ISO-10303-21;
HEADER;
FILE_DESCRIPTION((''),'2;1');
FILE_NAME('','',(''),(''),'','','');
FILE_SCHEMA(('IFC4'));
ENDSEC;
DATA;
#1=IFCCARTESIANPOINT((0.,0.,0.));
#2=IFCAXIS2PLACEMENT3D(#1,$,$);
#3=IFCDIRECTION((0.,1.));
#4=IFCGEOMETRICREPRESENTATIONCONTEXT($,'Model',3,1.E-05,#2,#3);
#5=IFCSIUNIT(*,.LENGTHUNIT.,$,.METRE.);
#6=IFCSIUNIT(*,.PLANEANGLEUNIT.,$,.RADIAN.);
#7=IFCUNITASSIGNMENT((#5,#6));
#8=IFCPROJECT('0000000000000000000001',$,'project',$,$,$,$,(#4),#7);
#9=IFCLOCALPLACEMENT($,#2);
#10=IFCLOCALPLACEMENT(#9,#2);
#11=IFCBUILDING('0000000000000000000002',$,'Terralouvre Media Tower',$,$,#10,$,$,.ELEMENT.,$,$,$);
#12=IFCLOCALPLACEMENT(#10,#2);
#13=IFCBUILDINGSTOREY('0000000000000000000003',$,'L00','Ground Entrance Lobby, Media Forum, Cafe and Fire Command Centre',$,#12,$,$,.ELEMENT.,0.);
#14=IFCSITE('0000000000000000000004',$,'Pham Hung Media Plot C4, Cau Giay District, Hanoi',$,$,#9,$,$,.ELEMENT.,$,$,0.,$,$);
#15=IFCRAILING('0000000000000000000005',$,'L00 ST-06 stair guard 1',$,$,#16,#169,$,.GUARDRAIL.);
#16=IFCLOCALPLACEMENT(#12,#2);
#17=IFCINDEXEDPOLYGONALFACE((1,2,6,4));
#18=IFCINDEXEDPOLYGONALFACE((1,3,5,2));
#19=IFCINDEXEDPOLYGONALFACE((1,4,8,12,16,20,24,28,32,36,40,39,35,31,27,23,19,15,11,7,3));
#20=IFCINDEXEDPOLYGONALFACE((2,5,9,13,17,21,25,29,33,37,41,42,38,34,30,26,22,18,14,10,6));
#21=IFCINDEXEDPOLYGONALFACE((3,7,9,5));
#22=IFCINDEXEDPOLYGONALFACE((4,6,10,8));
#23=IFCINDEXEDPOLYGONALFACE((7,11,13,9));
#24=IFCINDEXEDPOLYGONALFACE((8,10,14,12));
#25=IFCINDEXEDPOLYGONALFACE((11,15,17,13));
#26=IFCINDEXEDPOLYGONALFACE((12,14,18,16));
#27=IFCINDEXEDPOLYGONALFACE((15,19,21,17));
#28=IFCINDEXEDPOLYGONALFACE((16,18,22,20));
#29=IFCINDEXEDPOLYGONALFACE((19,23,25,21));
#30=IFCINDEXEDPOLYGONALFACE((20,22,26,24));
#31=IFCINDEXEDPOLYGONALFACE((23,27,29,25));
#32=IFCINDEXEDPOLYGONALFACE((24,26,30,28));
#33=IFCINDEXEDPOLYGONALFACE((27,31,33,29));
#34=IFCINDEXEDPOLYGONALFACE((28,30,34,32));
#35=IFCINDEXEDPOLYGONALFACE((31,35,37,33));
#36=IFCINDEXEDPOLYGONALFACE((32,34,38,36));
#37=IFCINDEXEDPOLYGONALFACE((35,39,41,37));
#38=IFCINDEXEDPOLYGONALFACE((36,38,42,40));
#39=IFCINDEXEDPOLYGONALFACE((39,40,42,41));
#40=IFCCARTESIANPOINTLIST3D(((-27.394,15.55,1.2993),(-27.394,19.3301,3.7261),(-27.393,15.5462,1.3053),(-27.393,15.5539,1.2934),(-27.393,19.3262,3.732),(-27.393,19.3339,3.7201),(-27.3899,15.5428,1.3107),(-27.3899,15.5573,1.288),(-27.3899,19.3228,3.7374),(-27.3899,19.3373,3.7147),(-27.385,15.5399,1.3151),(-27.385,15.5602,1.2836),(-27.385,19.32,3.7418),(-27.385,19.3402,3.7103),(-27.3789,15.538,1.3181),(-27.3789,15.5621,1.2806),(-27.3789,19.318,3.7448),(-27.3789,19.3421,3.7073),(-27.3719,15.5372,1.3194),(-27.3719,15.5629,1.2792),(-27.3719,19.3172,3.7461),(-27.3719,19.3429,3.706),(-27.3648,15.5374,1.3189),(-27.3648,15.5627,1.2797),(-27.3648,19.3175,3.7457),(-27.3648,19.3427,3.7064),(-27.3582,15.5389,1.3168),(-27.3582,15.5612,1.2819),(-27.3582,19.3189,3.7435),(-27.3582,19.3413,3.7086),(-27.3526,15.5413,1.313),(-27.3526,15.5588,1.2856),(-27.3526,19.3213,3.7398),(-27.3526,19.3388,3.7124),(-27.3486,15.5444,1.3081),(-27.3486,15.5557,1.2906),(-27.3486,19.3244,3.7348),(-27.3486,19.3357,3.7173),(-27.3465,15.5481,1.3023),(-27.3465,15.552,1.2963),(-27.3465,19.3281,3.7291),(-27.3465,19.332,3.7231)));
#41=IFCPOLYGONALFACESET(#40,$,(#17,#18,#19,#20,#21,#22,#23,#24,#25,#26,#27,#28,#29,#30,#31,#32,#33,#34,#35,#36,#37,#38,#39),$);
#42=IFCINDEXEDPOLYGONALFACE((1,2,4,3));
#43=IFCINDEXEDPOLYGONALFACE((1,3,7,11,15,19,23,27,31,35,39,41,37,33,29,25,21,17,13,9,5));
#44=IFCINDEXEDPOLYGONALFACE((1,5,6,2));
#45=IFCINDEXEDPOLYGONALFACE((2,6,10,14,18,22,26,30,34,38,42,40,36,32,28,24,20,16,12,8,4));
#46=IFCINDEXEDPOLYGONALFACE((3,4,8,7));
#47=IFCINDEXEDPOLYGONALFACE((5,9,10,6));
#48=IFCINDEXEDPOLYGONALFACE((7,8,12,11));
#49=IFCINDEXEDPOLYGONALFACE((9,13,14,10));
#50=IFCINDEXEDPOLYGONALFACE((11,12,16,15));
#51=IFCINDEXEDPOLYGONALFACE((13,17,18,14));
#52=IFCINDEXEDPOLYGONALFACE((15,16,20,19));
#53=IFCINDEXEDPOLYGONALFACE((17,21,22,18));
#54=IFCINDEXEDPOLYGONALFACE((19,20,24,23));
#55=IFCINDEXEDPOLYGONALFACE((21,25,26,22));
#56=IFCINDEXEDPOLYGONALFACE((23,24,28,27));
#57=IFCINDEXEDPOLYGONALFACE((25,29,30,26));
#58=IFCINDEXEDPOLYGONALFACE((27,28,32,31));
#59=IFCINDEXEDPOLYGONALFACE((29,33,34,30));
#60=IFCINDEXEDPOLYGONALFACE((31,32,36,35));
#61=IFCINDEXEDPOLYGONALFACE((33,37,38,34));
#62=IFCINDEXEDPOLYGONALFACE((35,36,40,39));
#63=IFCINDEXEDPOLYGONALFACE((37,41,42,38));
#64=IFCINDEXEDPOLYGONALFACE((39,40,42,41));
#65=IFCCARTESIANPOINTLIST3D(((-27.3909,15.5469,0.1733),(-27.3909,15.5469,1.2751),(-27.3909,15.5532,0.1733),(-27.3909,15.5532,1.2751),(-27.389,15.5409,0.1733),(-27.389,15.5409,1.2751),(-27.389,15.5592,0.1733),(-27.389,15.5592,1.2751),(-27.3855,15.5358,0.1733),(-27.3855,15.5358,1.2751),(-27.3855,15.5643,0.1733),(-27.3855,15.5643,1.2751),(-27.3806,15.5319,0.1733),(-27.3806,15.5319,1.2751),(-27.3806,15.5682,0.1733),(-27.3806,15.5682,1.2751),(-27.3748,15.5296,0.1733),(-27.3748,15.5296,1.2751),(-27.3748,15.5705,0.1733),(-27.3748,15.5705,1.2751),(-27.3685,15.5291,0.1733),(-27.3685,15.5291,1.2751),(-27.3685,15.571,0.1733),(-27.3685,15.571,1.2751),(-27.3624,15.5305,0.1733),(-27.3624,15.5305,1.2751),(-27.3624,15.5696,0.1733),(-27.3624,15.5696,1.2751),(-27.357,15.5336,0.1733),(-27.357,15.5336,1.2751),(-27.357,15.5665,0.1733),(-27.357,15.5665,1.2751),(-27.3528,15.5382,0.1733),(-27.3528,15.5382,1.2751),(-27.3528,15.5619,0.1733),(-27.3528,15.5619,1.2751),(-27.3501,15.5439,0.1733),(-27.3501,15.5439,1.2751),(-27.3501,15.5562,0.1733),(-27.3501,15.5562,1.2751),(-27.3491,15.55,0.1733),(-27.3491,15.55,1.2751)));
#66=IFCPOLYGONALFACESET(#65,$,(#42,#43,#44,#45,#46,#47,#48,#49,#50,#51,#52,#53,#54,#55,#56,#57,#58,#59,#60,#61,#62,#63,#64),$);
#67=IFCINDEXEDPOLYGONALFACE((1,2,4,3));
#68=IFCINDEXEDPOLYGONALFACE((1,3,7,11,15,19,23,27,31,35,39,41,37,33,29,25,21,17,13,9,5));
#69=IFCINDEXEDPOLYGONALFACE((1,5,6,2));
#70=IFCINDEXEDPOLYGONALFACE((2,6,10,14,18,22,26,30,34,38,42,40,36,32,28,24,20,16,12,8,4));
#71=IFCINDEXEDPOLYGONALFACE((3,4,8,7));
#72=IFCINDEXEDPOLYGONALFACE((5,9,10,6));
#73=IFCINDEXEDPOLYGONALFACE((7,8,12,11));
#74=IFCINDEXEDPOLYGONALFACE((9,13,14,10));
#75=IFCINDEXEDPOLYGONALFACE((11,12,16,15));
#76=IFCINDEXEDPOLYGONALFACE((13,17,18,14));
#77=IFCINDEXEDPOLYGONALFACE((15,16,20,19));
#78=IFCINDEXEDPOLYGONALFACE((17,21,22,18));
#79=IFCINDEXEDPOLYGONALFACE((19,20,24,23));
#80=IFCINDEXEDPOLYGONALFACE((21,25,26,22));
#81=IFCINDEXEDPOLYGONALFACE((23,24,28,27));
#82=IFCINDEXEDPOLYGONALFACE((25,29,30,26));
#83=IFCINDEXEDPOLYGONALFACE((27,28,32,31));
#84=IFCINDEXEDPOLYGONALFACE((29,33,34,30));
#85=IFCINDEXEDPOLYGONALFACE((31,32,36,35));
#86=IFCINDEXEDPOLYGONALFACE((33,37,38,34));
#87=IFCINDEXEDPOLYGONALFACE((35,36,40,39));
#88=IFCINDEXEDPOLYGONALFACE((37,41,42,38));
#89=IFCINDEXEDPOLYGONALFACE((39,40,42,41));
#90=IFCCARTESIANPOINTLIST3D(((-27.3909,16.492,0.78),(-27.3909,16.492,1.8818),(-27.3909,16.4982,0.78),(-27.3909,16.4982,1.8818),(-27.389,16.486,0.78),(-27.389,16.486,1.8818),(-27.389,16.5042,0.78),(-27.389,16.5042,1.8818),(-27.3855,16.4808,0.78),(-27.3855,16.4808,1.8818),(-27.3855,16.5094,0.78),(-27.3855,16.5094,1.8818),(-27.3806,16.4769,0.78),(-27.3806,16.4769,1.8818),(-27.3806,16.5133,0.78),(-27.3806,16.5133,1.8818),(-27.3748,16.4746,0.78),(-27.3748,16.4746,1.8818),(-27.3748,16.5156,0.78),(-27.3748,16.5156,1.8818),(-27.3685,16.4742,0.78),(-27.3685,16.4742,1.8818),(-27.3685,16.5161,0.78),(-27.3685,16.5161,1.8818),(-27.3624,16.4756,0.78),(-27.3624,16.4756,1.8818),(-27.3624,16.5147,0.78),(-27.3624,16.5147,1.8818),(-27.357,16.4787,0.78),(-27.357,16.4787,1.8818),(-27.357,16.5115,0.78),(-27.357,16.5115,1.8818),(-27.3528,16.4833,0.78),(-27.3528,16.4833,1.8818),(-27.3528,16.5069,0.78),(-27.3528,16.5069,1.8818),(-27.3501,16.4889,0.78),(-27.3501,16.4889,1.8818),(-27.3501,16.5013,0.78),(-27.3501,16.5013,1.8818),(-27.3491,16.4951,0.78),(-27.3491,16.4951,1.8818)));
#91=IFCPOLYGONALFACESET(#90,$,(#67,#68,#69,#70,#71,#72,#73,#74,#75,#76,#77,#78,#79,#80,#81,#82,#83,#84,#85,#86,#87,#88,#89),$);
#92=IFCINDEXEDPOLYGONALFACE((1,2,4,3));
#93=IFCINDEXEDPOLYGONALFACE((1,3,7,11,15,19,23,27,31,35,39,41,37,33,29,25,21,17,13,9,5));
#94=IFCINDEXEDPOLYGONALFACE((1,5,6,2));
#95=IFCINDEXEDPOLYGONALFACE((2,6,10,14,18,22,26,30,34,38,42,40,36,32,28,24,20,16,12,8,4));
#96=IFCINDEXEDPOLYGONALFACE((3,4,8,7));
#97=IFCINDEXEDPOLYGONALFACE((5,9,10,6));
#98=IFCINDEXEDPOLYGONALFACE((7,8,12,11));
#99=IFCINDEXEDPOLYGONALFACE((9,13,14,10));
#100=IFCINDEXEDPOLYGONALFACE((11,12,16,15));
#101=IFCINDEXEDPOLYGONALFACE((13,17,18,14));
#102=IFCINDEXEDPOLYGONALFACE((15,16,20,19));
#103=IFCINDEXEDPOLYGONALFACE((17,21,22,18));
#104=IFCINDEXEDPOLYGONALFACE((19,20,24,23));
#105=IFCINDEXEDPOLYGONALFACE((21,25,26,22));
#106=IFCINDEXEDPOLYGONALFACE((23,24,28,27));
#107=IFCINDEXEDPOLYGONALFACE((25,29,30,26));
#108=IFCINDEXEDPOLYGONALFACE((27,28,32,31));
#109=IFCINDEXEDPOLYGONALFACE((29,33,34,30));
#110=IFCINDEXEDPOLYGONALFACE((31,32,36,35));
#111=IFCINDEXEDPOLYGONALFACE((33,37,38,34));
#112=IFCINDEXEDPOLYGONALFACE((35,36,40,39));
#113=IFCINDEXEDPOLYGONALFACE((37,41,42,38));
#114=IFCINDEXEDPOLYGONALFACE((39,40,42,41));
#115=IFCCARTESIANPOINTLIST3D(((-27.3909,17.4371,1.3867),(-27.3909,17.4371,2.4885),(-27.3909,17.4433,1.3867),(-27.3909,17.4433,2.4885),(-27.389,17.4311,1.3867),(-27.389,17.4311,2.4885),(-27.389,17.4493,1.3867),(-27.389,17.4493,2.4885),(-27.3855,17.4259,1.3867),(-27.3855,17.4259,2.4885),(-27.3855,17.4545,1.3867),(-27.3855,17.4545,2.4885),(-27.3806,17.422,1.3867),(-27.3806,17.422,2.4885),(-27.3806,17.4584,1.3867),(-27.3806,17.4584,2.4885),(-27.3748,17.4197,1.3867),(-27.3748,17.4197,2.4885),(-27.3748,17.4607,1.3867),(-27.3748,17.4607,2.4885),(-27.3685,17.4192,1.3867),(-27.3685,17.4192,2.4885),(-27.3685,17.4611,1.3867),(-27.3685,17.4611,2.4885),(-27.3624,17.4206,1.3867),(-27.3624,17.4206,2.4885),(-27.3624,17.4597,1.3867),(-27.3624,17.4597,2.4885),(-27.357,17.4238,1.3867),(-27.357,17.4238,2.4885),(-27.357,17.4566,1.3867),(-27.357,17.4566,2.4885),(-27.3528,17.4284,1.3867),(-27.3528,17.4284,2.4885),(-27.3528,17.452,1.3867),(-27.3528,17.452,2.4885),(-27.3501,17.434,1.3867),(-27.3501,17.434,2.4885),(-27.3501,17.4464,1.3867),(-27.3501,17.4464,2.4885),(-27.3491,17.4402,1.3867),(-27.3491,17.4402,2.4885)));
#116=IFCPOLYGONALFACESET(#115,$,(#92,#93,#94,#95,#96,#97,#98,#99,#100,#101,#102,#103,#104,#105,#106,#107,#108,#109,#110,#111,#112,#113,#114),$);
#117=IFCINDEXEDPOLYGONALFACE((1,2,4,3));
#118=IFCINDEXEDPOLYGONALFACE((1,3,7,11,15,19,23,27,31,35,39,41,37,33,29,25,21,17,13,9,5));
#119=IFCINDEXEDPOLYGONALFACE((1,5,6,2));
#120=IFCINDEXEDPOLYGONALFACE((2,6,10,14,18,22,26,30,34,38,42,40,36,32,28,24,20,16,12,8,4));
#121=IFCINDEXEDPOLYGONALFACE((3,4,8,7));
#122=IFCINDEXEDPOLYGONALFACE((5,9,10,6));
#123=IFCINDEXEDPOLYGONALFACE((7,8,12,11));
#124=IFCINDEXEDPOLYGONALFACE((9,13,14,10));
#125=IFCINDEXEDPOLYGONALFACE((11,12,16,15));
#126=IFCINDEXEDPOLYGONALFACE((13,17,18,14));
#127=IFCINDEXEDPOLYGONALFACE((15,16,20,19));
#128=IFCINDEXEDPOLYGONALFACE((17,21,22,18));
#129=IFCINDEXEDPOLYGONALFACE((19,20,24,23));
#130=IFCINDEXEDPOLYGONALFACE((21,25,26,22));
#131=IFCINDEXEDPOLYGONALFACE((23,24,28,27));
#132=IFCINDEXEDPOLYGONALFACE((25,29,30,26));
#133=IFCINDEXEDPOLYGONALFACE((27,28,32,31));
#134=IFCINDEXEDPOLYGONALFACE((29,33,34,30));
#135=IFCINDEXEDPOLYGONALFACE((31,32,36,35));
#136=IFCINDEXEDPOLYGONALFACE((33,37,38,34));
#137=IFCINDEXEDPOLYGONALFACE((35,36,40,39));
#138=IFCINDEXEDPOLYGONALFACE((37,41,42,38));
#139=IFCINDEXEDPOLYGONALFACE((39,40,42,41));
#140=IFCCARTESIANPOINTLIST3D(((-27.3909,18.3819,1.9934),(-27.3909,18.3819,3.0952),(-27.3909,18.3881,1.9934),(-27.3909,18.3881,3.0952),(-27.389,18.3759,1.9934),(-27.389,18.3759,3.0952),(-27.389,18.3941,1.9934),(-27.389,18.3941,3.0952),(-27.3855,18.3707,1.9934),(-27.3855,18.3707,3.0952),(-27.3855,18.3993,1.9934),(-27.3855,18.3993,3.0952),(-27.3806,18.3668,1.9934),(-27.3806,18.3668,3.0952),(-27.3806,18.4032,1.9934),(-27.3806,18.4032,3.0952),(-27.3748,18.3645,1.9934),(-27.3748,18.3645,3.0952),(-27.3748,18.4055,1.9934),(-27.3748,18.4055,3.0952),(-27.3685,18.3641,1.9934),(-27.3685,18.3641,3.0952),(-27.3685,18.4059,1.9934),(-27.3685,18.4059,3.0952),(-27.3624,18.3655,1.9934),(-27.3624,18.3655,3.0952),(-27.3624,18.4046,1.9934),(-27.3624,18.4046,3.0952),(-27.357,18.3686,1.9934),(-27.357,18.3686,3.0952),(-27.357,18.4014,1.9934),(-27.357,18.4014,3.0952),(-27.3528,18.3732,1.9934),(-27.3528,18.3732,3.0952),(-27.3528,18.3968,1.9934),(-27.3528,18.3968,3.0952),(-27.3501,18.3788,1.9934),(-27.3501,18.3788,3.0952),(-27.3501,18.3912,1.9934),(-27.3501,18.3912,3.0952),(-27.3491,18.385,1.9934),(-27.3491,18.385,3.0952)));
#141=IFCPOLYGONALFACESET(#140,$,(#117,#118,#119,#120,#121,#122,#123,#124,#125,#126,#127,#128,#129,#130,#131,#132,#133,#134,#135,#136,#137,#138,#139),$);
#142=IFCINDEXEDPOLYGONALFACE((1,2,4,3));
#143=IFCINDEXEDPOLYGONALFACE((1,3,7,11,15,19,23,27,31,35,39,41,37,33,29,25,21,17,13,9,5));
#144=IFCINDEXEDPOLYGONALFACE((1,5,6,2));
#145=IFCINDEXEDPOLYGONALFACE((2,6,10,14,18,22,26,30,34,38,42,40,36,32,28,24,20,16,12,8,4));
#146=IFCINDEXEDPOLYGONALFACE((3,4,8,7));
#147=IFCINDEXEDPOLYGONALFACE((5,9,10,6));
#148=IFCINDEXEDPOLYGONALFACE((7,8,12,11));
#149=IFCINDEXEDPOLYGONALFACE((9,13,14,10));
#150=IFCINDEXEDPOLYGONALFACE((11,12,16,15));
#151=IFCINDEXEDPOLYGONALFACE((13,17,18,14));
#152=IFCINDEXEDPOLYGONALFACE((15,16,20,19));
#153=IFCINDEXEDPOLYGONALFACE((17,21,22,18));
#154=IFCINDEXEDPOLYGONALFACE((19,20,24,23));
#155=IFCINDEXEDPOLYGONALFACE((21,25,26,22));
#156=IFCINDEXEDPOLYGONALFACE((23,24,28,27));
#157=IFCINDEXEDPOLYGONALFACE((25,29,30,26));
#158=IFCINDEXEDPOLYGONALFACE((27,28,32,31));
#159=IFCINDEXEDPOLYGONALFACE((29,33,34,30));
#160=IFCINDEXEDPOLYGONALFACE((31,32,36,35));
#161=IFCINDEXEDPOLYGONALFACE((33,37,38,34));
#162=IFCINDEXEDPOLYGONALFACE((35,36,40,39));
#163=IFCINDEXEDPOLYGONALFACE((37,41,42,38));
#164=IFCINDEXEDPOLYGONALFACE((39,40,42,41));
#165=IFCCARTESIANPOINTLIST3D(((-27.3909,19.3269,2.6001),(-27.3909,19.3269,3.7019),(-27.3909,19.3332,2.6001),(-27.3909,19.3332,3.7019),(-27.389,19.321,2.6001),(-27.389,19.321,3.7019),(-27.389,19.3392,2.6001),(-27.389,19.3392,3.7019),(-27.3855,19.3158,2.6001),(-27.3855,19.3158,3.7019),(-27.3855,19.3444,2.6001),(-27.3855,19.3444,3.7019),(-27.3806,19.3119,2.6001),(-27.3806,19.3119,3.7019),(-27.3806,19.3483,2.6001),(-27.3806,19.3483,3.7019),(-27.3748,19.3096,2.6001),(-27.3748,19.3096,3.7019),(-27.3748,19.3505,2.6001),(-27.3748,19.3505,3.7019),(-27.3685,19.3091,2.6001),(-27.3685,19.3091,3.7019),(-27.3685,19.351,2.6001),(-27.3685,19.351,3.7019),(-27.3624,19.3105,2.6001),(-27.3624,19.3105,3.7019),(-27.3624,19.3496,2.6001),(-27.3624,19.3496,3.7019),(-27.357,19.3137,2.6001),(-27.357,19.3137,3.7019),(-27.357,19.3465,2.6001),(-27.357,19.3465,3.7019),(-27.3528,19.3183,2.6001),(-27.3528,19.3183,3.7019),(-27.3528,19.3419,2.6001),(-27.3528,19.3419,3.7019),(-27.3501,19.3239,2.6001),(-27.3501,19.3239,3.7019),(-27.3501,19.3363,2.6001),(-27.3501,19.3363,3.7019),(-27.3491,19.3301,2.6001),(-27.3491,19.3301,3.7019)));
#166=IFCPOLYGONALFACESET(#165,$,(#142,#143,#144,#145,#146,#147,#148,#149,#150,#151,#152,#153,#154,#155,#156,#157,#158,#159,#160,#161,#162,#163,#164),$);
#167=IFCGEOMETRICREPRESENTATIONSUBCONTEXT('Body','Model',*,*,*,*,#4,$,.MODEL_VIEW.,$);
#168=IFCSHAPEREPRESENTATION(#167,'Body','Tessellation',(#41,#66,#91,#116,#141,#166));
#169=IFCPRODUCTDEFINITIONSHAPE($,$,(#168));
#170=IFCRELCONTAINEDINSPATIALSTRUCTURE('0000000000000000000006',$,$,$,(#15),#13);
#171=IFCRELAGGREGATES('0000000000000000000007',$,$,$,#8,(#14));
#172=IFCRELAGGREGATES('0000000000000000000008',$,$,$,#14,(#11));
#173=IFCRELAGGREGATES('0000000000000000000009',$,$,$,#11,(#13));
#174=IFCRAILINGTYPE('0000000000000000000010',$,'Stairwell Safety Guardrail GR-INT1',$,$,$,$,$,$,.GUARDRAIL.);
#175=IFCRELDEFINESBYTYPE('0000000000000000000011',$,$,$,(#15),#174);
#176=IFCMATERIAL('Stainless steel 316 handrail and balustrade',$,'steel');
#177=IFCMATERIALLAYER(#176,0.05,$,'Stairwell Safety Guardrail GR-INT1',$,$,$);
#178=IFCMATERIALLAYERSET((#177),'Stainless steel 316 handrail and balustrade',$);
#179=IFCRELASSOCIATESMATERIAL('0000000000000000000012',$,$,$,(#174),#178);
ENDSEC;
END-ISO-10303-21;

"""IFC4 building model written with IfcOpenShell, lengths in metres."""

from ifc_helpers import new_model, si_unit, direction, frame, origin, origin_2d, place, context, subcontext, project, spatial, circle, extrude, material, layer, layer_set, type_object, element, save


model = new_model("IFC4")

# Units and contexts
model_context = context("Model", 3, precision=1e-05, world=origin(), true_north=direction((0.0, 1.0)))
body_context = subcontext(model_context, "Body", "Model", "MODEL_VIEW")
ifc_project = project(units=[si_unit("LENGTHUNIT", "METRE"), si_unit("PLANEANGLEUNIT", "RADIAN")], contexts=[model_context])

# Site, building, storey
site_placement = place(None, origin())
site = spatial("IfcSite", under=ifc_project, at=site_placement, Name="Pham Hung Media Plot C4, Cau Giay District, Hanoi", CompositionType="ELEMENT", RefElevation=0.0)
building_placement = place(site_placement, origin())
building = spatial("IfcBuilding", under=site, at=building_placement, Name="Terralouvre Media Tower", CompositionType="ELEMENT")
storey_placement = place(building_placement, origin())
storey = spatial("IfcBuildingStorey", under=building, at=storey_placement, Name="L00", Description="Ground Entrance Lobby, Media Forum, Cafe and Fire Command Centre", CompositionType="ELEMENT", Elevation=0.0)

# Railing
ifc_material_1 = material(Name="Stainless steel 316 handrail and balustrade", Category="steel")
ifc_layer_1 = layer(ifc_material_1, 0.05, Name="Stairwell Safety Guardrail GR-INT1")
ifc_layer_set_1 = layer_set([ifc_layer_1], Name="Stainless steel 316 handrail and balustrade")
railing_type_1 = type_object("IfcRailingType", Name="Stairwell Safety Guardrail GR-INT1", PredefinedType="GUARDRAIL", material=ifc_layer_set_1)
railing_1_placement = place(storey_placement, frame((-27.3701, 15.55, 0.1733)))
element("IfcRailing", 1, at=railing_1_placement, inside=storey, type_object=railing_type_1, Name="L00 ST-06 stair guard 1", PredefinedType="GUARDRAIL", context=body_context, shape_type="SweptSolid", body=[
    extrude(circle(Radius=0.0239, at=origin_2d()), frame((0.0, 0.0, 1.126), z_axis=(0.0, 0.841509, 0.540244), x_axis=(-1.0, 0.0, 0.0)), (0.0, 0.0, 1.0), 4.4919),
    extrude(circle(Radius=0.021, at=origin_2d()), origin(), (0.0, 0.0, 1.0), 1.1018),
    extrude(circle(Radius=0.021, at=origin_2d()), frame((0.0, 0.9451, 0.6067)), (0.0, 0.0, 1.0), 1.1018),
    extrude(circle(Radius=0.021, at=origin_2d()), frame((0.0, 1.8901, 1.2134)), (0.0, 0.0, 1.0), 1.1018),
    extrude(circle(Radius=0.021, at=origin_2d()), frame((0.0, 2.835, 1.8201)), (0.0, 0.0, 1.0), 1.1018),
    extrude(circle(Radius=0.021, at=origin_2d()), frame((0.0, 3.78, 2.4268)), (0.0, 0.0, 1.0), 1.1018),
])

save(model, "model.ifc")
